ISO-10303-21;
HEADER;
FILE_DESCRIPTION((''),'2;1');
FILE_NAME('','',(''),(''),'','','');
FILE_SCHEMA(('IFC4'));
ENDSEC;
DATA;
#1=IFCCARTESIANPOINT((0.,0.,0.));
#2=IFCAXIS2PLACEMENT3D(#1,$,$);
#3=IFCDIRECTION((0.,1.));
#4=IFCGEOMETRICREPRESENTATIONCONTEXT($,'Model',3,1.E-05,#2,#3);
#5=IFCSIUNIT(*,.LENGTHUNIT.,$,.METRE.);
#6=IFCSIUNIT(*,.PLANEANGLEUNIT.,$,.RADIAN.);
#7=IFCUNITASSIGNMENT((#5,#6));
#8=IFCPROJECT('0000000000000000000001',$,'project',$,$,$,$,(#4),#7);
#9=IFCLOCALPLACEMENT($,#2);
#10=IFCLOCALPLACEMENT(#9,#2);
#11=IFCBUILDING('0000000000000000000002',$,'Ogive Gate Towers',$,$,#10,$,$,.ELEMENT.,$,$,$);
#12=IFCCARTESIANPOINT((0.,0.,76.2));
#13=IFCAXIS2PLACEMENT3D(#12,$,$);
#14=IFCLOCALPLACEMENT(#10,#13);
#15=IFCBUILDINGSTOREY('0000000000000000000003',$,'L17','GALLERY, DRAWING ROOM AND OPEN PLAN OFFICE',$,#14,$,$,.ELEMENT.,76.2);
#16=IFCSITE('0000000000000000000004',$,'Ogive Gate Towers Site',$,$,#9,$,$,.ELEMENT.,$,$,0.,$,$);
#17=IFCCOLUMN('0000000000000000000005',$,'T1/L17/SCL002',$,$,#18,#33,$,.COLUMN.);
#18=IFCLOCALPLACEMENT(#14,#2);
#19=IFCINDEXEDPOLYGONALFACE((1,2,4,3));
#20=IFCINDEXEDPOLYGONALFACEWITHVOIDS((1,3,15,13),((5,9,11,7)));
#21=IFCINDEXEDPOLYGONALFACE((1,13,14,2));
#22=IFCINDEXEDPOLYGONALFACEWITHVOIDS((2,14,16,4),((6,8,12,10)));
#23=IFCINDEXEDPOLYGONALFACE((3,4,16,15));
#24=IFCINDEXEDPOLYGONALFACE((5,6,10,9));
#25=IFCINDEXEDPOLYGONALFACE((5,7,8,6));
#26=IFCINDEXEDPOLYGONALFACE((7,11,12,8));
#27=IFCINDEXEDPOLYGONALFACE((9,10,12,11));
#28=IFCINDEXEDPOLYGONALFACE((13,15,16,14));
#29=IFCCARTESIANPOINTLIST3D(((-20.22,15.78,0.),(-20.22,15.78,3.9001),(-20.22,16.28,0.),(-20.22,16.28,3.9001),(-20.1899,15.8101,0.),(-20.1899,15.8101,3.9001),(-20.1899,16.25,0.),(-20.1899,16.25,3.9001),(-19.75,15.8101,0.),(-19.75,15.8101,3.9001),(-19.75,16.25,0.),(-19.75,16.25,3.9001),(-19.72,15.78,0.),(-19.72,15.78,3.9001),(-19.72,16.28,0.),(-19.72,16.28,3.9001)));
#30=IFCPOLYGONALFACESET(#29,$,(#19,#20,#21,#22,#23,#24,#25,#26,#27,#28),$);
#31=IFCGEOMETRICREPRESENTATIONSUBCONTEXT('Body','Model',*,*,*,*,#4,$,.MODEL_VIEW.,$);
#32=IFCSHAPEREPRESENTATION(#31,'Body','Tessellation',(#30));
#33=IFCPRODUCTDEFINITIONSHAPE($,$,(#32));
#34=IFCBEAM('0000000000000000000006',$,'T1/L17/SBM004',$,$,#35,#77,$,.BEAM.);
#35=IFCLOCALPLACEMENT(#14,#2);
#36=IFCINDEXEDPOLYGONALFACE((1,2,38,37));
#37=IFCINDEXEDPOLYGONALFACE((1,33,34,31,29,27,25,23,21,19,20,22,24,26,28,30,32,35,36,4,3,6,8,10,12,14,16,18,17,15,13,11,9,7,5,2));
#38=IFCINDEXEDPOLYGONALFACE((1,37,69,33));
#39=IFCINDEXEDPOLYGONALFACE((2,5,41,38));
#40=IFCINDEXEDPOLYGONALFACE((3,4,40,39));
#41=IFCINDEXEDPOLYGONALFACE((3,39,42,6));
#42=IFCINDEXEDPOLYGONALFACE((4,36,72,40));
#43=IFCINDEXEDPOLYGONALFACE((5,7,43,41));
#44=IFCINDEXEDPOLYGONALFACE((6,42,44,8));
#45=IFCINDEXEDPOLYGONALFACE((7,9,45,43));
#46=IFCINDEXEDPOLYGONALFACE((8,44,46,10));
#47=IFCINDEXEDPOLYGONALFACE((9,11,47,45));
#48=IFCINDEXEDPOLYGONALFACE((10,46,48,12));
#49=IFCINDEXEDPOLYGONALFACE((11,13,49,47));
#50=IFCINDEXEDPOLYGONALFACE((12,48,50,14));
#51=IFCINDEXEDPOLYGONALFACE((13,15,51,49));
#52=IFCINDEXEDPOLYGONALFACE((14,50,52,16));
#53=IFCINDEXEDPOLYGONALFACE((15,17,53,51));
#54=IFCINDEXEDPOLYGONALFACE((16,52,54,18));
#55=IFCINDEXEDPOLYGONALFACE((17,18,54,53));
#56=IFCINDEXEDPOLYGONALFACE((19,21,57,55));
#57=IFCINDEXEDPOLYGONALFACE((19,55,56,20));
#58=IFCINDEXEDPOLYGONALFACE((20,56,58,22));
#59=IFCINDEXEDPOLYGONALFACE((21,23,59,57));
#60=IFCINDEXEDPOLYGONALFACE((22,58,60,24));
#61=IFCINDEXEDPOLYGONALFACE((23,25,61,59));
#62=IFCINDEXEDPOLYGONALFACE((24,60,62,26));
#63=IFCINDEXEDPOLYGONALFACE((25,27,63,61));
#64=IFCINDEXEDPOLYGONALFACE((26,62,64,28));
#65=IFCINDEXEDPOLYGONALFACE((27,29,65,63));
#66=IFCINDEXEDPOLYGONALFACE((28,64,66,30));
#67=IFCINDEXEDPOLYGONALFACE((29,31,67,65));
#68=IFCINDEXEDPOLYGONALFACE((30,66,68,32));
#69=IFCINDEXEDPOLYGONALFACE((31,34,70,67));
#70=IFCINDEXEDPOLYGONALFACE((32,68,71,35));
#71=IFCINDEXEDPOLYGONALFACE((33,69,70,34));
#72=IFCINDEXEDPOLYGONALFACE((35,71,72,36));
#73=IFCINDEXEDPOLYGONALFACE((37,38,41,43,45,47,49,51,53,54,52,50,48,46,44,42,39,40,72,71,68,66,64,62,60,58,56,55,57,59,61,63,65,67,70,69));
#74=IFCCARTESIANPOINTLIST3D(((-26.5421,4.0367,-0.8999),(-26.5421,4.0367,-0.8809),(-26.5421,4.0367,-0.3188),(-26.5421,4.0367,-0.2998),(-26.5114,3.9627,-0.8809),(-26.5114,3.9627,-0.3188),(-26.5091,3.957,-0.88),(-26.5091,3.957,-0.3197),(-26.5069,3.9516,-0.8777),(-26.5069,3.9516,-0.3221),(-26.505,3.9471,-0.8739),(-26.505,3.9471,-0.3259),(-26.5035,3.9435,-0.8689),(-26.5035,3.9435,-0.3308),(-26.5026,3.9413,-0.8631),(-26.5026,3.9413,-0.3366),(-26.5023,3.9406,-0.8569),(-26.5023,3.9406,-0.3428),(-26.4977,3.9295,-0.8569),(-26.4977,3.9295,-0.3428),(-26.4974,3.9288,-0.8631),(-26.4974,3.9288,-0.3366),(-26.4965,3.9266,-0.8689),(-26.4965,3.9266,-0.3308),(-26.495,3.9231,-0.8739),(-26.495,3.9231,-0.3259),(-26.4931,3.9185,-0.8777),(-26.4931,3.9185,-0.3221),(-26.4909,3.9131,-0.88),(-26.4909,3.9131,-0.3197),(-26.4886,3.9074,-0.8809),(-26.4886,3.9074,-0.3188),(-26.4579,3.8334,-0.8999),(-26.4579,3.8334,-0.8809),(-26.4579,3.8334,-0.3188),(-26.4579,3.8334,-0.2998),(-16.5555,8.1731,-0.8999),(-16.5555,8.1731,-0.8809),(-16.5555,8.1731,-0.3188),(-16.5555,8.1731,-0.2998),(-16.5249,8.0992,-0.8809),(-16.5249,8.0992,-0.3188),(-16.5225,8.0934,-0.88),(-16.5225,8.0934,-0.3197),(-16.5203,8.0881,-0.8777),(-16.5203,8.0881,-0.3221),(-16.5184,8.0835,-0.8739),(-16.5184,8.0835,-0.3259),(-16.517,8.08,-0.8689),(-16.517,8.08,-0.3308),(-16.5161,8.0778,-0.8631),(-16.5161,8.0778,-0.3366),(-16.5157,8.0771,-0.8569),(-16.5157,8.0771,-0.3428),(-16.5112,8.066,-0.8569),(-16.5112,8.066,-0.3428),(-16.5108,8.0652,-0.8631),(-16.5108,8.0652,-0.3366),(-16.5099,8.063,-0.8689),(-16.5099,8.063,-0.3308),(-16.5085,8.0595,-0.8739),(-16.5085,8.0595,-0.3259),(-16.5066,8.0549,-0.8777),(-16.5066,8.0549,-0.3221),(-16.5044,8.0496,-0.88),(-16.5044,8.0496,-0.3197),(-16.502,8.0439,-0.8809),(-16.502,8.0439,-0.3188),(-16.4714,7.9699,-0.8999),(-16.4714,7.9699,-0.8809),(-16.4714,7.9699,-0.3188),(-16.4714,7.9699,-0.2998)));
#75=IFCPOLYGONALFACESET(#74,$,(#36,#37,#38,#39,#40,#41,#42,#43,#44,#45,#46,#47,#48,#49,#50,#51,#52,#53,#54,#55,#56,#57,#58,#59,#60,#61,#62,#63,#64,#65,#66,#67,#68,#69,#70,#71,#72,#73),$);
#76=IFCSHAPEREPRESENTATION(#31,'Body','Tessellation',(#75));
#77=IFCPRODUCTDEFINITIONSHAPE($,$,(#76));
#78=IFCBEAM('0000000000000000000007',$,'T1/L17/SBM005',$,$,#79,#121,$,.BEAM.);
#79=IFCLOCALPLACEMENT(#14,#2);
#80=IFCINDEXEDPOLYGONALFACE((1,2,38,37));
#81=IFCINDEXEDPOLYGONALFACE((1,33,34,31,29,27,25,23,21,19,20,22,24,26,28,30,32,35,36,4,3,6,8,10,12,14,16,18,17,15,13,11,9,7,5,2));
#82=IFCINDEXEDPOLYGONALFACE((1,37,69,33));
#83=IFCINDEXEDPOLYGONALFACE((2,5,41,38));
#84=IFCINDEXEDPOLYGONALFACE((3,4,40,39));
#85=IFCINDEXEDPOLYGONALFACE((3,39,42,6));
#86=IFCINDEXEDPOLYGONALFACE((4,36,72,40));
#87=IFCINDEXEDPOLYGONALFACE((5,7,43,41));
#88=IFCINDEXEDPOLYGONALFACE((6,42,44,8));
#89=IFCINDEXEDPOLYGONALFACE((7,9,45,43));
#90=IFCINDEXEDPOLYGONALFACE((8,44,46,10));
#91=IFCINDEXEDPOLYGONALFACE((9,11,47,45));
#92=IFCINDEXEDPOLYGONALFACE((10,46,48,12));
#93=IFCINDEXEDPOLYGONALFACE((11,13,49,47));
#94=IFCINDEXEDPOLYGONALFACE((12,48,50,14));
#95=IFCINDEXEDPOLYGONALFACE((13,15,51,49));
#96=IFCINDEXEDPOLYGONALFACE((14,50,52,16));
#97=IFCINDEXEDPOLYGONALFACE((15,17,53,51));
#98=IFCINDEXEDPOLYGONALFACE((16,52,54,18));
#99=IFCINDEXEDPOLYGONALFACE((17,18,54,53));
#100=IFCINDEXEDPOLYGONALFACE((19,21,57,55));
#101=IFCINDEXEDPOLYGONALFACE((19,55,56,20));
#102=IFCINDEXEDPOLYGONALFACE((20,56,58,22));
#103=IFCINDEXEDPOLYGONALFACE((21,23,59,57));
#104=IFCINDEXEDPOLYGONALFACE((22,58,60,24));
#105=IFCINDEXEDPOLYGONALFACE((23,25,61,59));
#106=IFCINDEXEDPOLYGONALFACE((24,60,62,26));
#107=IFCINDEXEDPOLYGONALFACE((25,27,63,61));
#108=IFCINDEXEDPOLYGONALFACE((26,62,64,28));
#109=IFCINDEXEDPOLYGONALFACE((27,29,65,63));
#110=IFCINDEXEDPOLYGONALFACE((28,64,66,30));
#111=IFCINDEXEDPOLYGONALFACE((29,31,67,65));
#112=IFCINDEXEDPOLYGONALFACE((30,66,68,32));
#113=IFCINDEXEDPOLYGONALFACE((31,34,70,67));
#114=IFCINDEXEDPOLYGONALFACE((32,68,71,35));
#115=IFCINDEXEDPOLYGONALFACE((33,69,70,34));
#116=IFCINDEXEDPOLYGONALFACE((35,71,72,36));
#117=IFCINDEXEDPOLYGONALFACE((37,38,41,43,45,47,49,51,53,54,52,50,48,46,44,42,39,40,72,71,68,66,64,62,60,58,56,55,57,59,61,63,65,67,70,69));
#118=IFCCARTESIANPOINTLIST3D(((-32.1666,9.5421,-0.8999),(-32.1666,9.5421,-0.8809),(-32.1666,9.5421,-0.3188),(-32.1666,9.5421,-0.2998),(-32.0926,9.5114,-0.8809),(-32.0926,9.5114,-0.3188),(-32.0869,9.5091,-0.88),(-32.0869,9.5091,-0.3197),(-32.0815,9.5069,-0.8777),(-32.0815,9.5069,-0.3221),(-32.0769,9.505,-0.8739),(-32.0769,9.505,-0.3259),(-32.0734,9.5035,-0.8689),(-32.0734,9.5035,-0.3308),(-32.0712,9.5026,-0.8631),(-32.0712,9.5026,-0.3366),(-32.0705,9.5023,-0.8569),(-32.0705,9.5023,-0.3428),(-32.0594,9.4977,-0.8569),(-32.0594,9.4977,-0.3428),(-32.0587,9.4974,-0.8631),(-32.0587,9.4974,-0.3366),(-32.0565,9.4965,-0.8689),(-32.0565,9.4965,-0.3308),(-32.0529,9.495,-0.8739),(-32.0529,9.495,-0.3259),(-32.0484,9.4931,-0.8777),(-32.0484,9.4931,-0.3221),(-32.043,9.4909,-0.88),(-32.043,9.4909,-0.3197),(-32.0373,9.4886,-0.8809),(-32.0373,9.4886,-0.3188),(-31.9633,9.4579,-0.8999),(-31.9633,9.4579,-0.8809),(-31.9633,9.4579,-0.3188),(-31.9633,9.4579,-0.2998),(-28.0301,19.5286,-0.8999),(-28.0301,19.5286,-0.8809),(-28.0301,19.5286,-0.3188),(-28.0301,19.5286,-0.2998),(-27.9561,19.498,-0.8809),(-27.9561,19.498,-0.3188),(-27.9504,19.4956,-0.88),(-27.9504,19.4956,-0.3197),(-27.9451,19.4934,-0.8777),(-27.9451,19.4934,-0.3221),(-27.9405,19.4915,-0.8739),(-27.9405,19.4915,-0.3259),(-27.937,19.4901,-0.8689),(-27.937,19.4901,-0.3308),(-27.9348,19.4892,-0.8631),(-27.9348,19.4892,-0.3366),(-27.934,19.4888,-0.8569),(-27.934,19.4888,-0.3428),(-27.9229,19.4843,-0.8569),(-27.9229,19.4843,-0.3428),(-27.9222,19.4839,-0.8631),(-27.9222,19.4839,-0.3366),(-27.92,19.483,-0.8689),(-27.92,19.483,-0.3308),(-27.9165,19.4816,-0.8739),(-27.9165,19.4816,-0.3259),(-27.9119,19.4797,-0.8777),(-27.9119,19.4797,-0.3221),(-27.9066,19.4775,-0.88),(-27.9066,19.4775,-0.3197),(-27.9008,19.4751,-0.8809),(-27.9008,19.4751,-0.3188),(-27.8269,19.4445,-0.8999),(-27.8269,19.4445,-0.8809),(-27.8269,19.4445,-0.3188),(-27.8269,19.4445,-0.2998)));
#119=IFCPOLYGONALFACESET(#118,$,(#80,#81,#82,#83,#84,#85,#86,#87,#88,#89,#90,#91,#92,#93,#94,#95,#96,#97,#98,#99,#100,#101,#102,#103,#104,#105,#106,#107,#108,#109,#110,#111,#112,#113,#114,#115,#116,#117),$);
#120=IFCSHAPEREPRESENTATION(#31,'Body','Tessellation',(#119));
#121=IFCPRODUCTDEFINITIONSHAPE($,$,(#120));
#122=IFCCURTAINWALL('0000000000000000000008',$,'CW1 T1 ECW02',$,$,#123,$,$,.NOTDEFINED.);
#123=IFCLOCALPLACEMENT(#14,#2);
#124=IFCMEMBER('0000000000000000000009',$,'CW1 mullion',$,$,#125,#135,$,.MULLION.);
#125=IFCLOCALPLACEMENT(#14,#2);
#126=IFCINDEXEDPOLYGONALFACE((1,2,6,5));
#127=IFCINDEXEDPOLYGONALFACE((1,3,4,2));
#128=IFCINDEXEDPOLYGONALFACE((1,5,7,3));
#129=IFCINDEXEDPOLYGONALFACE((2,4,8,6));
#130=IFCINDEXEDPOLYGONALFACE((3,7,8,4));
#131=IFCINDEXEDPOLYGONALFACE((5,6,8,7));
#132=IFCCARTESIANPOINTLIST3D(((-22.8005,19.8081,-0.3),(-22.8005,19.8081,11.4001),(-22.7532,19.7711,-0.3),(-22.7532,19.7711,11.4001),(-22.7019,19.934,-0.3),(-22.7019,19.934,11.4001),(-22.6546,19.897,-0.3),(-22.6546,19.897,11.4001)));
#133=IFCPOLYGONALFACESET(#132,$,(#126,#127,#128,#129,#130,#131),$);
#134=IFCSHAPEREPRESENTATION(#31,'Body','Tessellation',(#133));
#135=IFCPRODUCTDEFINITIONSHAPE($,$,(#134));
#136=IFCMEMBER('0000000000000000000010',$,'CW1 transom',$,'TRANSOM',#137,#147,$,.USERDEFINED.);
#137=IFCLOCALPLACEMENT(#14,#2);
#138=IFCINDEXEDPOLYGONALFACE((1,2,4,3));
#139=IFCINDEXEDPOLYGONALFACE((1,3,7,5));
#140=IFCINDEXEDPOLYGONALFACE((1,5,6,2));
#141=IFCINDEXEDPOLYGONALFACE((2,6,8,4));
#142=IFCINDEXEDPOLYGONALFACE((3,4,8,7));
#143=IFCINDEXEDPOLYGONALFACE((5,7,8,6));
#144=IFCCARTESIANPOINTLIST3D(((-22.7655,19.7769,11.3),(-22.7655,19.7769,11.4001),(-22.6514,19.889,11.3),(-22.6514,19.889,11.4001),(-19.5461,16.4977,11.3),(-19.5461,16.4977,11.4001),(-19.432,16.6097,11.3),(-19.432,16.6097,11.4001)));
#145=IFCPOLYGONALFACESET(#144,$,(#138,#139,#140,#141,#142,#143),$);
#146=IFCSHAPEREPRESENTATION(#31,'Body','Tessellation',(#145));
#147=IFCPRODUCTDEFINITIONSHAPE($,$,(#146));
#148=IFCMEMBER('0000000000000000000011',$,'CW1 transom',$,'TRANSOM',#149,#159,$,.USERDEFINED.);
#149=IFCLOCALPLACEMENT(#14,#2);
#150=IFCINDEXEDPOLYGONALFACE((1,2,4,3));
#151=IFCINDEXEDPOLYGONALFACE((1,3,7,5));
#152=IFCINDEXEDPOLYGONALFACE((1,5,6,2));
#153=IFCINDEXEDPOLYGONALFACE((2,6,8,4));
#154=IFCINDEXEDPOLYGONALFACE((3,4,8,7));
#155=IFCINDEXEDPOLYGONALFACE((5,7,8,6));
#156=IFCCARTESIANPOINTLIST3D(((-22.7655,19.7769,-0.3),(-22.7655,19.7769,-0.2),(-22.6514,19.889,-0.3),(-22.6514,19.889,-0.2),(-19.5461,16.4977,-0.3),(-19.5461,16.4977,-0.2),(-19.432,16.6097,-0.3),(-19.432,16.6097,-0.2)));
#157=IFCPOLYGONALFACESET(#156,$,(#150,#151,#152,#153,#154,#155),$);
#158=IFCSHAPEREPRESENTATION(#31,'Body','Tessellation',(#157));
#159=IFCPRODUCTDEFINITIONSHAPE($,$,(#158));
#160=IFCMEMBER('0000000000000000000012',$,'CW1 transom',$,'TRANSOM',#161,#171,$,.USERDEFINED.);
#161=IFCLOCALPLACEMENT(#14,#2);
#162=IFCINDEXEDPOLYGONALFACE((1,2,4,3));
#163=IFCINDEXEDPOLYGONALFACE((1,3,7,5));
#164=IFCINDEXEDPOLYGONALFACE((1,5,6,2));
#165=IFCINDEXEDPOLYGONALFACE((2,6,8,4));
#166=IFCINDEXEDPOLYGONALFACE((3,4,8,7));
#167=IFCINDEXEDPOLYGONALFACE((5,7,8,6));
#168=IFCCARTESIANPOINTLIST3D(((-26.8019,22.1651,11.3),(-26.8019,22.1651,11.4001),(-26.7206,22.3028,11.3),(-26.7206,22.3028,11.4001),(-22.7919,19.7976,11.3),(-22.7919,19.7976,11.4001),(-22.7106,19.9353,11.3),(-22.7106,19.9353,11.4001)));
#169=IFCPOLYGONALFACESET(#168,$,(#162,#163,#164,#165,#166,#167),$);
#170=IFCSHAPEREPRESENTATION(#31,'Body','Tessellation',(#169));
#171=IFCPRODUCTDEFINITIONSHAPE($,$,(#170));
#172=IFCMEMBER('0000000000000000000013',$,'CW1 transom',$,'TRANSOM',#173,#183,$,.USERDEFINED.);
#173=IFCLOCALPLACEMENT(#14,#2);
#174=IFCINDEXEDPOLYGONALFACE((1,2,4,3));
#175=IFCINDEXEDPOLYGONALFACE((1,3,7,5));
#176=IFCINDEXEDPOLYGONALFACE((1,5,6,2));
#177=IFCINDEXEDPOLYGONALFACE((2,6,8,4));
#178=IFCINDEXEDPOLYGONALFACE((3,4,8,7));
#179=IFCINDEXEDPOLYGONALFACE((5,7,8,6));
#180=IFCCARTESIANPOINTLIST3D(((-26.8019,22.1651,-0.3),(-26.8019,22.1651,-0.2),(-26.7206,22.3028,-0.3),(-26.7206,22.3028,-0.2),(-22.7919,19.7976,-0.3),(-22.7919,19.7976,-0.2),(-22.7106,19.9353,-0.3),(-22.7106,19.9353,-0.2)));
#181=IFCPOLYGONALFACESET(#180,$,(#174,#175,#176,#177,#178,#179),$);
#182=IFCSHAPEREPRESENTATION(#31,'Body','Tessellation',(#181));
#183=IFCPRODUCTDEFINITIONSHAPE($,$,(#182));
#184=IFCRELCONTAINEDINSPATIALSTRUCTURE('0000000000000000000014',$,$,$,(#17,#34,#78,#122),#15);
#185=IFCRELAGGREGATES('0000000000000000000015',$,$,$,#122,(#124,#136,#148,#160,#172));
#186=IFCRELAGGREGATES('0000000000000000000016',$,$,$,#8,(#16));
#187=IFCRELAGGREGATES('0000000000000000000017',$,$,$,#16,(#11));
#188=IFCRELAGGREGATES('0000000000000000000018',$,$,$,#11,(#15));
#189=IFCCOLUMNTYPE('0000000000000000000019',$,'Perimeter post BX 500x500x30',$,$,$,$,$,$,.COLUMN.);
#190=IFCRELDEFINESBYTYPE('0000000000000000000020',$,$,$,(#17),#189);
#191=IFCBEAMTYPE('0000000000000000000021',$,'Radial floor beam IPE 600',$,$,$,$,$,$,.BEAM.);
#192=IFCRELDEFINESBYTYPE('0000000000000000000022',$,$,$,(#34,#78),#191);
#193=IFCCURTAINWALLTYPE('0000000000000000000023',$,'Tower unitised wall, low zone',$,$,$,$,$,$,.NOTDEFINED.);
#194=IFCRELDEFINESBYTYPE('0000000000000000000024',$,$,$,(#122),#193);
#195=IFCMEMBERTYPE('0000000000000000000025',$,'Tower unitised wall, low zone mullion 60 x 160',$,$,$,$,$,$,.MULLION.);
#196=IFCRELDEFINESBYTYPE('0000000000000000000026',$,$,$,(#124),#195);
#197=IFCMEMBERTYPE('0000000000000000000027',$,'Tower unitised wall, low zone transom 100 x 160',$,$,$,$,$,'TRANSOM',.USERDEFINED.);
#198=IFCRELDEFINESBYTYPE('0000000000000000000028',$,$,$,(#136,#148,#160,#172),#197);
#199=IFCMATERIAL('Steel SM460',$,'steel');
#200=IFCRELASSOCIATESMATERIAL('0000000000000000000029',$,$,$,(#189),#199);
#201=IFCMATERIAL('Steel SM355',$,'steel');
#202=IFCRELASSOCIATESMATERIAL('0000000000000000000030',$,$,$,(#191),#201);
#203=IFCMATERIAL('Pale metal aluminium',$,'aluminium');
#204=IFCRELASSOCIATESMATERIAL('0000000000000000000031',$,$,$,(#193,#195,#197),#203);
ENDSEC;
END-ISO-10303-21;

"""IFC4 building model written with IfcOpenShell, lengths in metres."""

from ifc_helpers import new_model, si_unit, direction, frame, origin, origin_2d, place, context, subcontext, project, spatial, rectangle, hollow_rectangle, i_section, extrude, material, material_profile, profile_set, type_object, element, aggregate, save


model = new_model("IFC4")

# Units and contexts
model_context = context("Model", 3, precision=1e-05, world=origin(), true_north=direction((0.0, 1.0)))
body_context = subcontext(model_context, "Body", "Model", "MODEL_VIEW")
ifc_project = project(units=[si_unit("LENGTHUNIT", "METRE"), si_unit("PLANEANGLEUNIT", "RADIAN")], contexts=[model_context])

# Site, building, storey
site_placement = place(None, origin())
site = spatial("IfcSite", under=ifc_project, at=site_placement, Name="Ogive Gate Towers Site", CompositionType="ELEMENT", RefElevation=0.0)
building_placement = place(site_placement, origin())
building = spatial("IfcBuilding", under=site, at=building_placement, Name="Ogive Gate Towers", CompositionType="ELEMENT")
storey_placement = place(building_placement, frame((0.0, 0.0, 76.2)))
storey = spatial("IfcBuildingStorey", under=building, at=storey_placement, Name="L17", Description="GALLERY, DRAWING ROOM AND OPEN PLAN OFFICE", CompositionType="ELEMENT", Elevation=76.2)

# Column
ifc_material_1 = material(Name="Steel SM460", Category="steel")
ifc_material_profile_1 = material_profile(ifc_material_1, hollow_rectangle(XDim=0.5, YDim=0.5, WallThickness=0.03, at=origin_2d()), Name="BX 500x500x30")
ifc_profile_set_1 = profile_set([ifc_material_profile_1], Name="Steel SM460")
column_type = type_object("IfcColumnType", Name="Perimeter post BX 500x500x30", PredefinedType="COLUMN", material=ifc_profile_set_1)
column_placement = place(storey_placement, frame((-19.97, 16.03, 0.0), z_axis=(0.0, 0.0, 1.0), x_axis=(1.0, 0.0, 0.0)))
element("IfcColumn", 1, at=column_placement, inside=storey, type_object=column_type, Name="T1/L17/SCL002", PredefinedType="COLUMN", context=body_context, shape_type="SweptSolid", body=[
    extrude(hollow_rectangle(XDim=0.5, YDim=0.5, WallThickness=0.03, at=origin_2d()), origin(), (0.0, 0.0, 1.0), 3.9001),
])

# Beams
ifc_material_2 = material(Name="Steel SM355", Category="steel")
ifc_material_profile_2 = material_profile(ifc_material_2, i_section(OverallWidth=0.22, OverallDepth=0.6001, WebThickness=0.012, FlangeThickness=0.019, FilletRadius=0.0239, at=origin_2d()), Name="IPE 600")
ifc_profile_set_2 = profile_set([ifc_material_profile_2], Name="Steel SM355")
beam_type = type_object("IfcBeamType", Name="Radial floor beam IPE 600", PredefinedType="BEAM", material=ifc_profile_set_2)
for number, where, z_axis, x_axis, name in (
    (2, (-26.5, 3.9351, -0.5999), (0.923883, 0.382676, 0.0), (-0.382676, 0.923883, 0.0), "T1/L17/SBM004"),
    (3, (-32.0649, 9.5, -0.5999), (0.382676, 0.923883, 0.0), (-0.923883, 0.382676, 0.0), "T1/L17/SBM005"),
):
    element("IfcBeam", number, at=place(storey_placement, frame(where, z_axis=z_axis, x_axis=x_axis)), inside=storey, type_object=beam_type, Name=name, PredefinedType="BEAM", context=body_context, shape_type="SweptSolid", body=[
        extrude(i_section(OverallWidth=0.22, OverallDepth=0.6001, WebThickness=0.012, FlangeThickness=0.019, FilletRadius=0.0239, at=origin_2d()), origin(), (0.0, 0.0, 1.0), 10.8093),
    ])

# Curtain wall, members
ifc_material_3 = material(Name="Pale metal aluminium", Category="aluminium")
curtain_wall_type = type_object("IfcCurtainWallType", Name="Tower unitised wall, low zone", PredefinedType="NOTDEFINED", material=ifc_material_3)
curtain_wall_placement = place(storey_placement, origin())
curtain_wall = element("IfcCurtainWall", 4, at=curtain_wall_placement, inside=storey, type_object=curtain_wall_type, Name="CW1 T1 ECW02", PredefinedType="NOTDEFINED")
ifc_material_profile_3 = material_profile(ifc_material_3, rectangle(XDim=0.1599, YDim=0.0601, at=origin_2d()), Name="60 x 160 aluminium box")
ifc_profile_set_3 = profile_set([ifc_material_profile_3], Name="Pale metal aluminium")
member_type_1 = type_object("IfcMemberType", Name="Tower unitised wall, low zone mullion 60 x 160", PredefinedType="MULLION", material=ifc_profile_set_3)
member_1_placement = place(storey_placement, frame((-22.7275, 19.8525, -0.3), z_axis=(0.0, 0.0, 1.0), x_axis=(0.616239, 0.787559, 0.0)))
member_1 = element("IfcMember", 5, at=member_1_placement, type_object=member_type_1, Name="CW1 mullion", PredefinedType="MULLION", context=body_context, shape_type="SweptSolid", body=[
    extrude(rectangle(XDim=0.1599, YDim=0.0601, at=origin_2d()), origin(), (0.0, 0.0, 1.0), 11.7002),
])
ifc_material_profile_4 = material_profile(ifc_material_3, rectangle(XDim=0.1599, YDim=0.1001, at=origin_2d()), Name="100 x 160 aluminium box")
ifc_profile_set_4 = profile_set([ifc_material_profile_4], Name="Pale metal aluminium")
member_type_2 = type_object("IfcMemberType", Name="Tower unitised wall, low zone transom 100 x 160", ElementType="TRANSOM", PredefinedType="USERDEFINED", material=ifc_profile_set_4)
member_2_placement = place(storey_placement, frame((-19.489, 16.5537, 11.3501), z_axis=(-0.700569, 0.713585, 0.0), x_axis=(-0.713585, -0.700569, 0.0)))
member_2 = element("IfcMember", 6, at=member_2_placement, type_object=member_type_2, Name="CW1 transom", ObjectType="TRANSOM", PredefinedType="USERDEFINED", context=body_context, shape_type="SweptSolid", body=[
    extrude(rectangle(XDim=0.1599, YDim=0.1001, at=origin_2d()), origin(), (0.0, 0.0, 1.0), 4.5955),
])
member_3_placement = place(storey_placement, frame((-19.489, 16.5537, -0.25), z_axis=(-0.700569, 0.713585, 0.0), x_axis=(-0.713585, -0.700569, 0.0)))
member_3 = element("IfcMember", 7, at=member_3_placement, type_object=member_type_2, Name="CW1 transom", ObjectType="TRANSOM", PredefinedType="USERDEFINED", context=body_context, shape_type="SweptSolid", body=[
    extrude(rectangle(XDim=0.1599, YDim=0.1001, at=origin_2d()), origin(), (0.0, 0.0, 1.0), 4.5955),
])
member_4_placement = place(storey_placement, frame((-22.7512, 19.8665, 11.3501), z_axis=(-0.861126, 0.508392, 0.0), x_axis=(-0.508392, -0.861126, 0.0)))
member_4 = element("IfcMember", 8, at=member_4_placement, type_object=member_type_2, Name="CW1 transom", ObjectType="TRANSOM", PredefinedType="USERDEFINED", context=body_context, shape_type="SweptSolid", body=[
    extrude(rectangle(XDim=0.1599, YDim=0.1001, at=origin_2d()), origin(), (0.0, 0.0, 1.0), 4.6567),
])
member_5_placement = place(storey_placement, frame((-22.7512, 19.8665, -0.25), z_axis=(-0.861126, 0.508392, 0.0), x_axis=(-0.508392, -0.861126, 0.0)))
member_5 = element("IfcMember", 9, at=member_5_placement, type_object=member_type_2, Name="CW1 transom", ObjectType="TRANSOM", PredefinedType="USERDEFINED", context=body_context, shape_type="SweptSolid", body=[
    extrude(rectangle(XDim=0.1599, YDim=0.1001, at=origin_2d()), origin(), (0.0, 0.0, 1.0), 4.6567),
])
aggregate(curtain_wall, [member_1, member_2, member_3, member_4, member_5])

save(model, "model.ifc")
